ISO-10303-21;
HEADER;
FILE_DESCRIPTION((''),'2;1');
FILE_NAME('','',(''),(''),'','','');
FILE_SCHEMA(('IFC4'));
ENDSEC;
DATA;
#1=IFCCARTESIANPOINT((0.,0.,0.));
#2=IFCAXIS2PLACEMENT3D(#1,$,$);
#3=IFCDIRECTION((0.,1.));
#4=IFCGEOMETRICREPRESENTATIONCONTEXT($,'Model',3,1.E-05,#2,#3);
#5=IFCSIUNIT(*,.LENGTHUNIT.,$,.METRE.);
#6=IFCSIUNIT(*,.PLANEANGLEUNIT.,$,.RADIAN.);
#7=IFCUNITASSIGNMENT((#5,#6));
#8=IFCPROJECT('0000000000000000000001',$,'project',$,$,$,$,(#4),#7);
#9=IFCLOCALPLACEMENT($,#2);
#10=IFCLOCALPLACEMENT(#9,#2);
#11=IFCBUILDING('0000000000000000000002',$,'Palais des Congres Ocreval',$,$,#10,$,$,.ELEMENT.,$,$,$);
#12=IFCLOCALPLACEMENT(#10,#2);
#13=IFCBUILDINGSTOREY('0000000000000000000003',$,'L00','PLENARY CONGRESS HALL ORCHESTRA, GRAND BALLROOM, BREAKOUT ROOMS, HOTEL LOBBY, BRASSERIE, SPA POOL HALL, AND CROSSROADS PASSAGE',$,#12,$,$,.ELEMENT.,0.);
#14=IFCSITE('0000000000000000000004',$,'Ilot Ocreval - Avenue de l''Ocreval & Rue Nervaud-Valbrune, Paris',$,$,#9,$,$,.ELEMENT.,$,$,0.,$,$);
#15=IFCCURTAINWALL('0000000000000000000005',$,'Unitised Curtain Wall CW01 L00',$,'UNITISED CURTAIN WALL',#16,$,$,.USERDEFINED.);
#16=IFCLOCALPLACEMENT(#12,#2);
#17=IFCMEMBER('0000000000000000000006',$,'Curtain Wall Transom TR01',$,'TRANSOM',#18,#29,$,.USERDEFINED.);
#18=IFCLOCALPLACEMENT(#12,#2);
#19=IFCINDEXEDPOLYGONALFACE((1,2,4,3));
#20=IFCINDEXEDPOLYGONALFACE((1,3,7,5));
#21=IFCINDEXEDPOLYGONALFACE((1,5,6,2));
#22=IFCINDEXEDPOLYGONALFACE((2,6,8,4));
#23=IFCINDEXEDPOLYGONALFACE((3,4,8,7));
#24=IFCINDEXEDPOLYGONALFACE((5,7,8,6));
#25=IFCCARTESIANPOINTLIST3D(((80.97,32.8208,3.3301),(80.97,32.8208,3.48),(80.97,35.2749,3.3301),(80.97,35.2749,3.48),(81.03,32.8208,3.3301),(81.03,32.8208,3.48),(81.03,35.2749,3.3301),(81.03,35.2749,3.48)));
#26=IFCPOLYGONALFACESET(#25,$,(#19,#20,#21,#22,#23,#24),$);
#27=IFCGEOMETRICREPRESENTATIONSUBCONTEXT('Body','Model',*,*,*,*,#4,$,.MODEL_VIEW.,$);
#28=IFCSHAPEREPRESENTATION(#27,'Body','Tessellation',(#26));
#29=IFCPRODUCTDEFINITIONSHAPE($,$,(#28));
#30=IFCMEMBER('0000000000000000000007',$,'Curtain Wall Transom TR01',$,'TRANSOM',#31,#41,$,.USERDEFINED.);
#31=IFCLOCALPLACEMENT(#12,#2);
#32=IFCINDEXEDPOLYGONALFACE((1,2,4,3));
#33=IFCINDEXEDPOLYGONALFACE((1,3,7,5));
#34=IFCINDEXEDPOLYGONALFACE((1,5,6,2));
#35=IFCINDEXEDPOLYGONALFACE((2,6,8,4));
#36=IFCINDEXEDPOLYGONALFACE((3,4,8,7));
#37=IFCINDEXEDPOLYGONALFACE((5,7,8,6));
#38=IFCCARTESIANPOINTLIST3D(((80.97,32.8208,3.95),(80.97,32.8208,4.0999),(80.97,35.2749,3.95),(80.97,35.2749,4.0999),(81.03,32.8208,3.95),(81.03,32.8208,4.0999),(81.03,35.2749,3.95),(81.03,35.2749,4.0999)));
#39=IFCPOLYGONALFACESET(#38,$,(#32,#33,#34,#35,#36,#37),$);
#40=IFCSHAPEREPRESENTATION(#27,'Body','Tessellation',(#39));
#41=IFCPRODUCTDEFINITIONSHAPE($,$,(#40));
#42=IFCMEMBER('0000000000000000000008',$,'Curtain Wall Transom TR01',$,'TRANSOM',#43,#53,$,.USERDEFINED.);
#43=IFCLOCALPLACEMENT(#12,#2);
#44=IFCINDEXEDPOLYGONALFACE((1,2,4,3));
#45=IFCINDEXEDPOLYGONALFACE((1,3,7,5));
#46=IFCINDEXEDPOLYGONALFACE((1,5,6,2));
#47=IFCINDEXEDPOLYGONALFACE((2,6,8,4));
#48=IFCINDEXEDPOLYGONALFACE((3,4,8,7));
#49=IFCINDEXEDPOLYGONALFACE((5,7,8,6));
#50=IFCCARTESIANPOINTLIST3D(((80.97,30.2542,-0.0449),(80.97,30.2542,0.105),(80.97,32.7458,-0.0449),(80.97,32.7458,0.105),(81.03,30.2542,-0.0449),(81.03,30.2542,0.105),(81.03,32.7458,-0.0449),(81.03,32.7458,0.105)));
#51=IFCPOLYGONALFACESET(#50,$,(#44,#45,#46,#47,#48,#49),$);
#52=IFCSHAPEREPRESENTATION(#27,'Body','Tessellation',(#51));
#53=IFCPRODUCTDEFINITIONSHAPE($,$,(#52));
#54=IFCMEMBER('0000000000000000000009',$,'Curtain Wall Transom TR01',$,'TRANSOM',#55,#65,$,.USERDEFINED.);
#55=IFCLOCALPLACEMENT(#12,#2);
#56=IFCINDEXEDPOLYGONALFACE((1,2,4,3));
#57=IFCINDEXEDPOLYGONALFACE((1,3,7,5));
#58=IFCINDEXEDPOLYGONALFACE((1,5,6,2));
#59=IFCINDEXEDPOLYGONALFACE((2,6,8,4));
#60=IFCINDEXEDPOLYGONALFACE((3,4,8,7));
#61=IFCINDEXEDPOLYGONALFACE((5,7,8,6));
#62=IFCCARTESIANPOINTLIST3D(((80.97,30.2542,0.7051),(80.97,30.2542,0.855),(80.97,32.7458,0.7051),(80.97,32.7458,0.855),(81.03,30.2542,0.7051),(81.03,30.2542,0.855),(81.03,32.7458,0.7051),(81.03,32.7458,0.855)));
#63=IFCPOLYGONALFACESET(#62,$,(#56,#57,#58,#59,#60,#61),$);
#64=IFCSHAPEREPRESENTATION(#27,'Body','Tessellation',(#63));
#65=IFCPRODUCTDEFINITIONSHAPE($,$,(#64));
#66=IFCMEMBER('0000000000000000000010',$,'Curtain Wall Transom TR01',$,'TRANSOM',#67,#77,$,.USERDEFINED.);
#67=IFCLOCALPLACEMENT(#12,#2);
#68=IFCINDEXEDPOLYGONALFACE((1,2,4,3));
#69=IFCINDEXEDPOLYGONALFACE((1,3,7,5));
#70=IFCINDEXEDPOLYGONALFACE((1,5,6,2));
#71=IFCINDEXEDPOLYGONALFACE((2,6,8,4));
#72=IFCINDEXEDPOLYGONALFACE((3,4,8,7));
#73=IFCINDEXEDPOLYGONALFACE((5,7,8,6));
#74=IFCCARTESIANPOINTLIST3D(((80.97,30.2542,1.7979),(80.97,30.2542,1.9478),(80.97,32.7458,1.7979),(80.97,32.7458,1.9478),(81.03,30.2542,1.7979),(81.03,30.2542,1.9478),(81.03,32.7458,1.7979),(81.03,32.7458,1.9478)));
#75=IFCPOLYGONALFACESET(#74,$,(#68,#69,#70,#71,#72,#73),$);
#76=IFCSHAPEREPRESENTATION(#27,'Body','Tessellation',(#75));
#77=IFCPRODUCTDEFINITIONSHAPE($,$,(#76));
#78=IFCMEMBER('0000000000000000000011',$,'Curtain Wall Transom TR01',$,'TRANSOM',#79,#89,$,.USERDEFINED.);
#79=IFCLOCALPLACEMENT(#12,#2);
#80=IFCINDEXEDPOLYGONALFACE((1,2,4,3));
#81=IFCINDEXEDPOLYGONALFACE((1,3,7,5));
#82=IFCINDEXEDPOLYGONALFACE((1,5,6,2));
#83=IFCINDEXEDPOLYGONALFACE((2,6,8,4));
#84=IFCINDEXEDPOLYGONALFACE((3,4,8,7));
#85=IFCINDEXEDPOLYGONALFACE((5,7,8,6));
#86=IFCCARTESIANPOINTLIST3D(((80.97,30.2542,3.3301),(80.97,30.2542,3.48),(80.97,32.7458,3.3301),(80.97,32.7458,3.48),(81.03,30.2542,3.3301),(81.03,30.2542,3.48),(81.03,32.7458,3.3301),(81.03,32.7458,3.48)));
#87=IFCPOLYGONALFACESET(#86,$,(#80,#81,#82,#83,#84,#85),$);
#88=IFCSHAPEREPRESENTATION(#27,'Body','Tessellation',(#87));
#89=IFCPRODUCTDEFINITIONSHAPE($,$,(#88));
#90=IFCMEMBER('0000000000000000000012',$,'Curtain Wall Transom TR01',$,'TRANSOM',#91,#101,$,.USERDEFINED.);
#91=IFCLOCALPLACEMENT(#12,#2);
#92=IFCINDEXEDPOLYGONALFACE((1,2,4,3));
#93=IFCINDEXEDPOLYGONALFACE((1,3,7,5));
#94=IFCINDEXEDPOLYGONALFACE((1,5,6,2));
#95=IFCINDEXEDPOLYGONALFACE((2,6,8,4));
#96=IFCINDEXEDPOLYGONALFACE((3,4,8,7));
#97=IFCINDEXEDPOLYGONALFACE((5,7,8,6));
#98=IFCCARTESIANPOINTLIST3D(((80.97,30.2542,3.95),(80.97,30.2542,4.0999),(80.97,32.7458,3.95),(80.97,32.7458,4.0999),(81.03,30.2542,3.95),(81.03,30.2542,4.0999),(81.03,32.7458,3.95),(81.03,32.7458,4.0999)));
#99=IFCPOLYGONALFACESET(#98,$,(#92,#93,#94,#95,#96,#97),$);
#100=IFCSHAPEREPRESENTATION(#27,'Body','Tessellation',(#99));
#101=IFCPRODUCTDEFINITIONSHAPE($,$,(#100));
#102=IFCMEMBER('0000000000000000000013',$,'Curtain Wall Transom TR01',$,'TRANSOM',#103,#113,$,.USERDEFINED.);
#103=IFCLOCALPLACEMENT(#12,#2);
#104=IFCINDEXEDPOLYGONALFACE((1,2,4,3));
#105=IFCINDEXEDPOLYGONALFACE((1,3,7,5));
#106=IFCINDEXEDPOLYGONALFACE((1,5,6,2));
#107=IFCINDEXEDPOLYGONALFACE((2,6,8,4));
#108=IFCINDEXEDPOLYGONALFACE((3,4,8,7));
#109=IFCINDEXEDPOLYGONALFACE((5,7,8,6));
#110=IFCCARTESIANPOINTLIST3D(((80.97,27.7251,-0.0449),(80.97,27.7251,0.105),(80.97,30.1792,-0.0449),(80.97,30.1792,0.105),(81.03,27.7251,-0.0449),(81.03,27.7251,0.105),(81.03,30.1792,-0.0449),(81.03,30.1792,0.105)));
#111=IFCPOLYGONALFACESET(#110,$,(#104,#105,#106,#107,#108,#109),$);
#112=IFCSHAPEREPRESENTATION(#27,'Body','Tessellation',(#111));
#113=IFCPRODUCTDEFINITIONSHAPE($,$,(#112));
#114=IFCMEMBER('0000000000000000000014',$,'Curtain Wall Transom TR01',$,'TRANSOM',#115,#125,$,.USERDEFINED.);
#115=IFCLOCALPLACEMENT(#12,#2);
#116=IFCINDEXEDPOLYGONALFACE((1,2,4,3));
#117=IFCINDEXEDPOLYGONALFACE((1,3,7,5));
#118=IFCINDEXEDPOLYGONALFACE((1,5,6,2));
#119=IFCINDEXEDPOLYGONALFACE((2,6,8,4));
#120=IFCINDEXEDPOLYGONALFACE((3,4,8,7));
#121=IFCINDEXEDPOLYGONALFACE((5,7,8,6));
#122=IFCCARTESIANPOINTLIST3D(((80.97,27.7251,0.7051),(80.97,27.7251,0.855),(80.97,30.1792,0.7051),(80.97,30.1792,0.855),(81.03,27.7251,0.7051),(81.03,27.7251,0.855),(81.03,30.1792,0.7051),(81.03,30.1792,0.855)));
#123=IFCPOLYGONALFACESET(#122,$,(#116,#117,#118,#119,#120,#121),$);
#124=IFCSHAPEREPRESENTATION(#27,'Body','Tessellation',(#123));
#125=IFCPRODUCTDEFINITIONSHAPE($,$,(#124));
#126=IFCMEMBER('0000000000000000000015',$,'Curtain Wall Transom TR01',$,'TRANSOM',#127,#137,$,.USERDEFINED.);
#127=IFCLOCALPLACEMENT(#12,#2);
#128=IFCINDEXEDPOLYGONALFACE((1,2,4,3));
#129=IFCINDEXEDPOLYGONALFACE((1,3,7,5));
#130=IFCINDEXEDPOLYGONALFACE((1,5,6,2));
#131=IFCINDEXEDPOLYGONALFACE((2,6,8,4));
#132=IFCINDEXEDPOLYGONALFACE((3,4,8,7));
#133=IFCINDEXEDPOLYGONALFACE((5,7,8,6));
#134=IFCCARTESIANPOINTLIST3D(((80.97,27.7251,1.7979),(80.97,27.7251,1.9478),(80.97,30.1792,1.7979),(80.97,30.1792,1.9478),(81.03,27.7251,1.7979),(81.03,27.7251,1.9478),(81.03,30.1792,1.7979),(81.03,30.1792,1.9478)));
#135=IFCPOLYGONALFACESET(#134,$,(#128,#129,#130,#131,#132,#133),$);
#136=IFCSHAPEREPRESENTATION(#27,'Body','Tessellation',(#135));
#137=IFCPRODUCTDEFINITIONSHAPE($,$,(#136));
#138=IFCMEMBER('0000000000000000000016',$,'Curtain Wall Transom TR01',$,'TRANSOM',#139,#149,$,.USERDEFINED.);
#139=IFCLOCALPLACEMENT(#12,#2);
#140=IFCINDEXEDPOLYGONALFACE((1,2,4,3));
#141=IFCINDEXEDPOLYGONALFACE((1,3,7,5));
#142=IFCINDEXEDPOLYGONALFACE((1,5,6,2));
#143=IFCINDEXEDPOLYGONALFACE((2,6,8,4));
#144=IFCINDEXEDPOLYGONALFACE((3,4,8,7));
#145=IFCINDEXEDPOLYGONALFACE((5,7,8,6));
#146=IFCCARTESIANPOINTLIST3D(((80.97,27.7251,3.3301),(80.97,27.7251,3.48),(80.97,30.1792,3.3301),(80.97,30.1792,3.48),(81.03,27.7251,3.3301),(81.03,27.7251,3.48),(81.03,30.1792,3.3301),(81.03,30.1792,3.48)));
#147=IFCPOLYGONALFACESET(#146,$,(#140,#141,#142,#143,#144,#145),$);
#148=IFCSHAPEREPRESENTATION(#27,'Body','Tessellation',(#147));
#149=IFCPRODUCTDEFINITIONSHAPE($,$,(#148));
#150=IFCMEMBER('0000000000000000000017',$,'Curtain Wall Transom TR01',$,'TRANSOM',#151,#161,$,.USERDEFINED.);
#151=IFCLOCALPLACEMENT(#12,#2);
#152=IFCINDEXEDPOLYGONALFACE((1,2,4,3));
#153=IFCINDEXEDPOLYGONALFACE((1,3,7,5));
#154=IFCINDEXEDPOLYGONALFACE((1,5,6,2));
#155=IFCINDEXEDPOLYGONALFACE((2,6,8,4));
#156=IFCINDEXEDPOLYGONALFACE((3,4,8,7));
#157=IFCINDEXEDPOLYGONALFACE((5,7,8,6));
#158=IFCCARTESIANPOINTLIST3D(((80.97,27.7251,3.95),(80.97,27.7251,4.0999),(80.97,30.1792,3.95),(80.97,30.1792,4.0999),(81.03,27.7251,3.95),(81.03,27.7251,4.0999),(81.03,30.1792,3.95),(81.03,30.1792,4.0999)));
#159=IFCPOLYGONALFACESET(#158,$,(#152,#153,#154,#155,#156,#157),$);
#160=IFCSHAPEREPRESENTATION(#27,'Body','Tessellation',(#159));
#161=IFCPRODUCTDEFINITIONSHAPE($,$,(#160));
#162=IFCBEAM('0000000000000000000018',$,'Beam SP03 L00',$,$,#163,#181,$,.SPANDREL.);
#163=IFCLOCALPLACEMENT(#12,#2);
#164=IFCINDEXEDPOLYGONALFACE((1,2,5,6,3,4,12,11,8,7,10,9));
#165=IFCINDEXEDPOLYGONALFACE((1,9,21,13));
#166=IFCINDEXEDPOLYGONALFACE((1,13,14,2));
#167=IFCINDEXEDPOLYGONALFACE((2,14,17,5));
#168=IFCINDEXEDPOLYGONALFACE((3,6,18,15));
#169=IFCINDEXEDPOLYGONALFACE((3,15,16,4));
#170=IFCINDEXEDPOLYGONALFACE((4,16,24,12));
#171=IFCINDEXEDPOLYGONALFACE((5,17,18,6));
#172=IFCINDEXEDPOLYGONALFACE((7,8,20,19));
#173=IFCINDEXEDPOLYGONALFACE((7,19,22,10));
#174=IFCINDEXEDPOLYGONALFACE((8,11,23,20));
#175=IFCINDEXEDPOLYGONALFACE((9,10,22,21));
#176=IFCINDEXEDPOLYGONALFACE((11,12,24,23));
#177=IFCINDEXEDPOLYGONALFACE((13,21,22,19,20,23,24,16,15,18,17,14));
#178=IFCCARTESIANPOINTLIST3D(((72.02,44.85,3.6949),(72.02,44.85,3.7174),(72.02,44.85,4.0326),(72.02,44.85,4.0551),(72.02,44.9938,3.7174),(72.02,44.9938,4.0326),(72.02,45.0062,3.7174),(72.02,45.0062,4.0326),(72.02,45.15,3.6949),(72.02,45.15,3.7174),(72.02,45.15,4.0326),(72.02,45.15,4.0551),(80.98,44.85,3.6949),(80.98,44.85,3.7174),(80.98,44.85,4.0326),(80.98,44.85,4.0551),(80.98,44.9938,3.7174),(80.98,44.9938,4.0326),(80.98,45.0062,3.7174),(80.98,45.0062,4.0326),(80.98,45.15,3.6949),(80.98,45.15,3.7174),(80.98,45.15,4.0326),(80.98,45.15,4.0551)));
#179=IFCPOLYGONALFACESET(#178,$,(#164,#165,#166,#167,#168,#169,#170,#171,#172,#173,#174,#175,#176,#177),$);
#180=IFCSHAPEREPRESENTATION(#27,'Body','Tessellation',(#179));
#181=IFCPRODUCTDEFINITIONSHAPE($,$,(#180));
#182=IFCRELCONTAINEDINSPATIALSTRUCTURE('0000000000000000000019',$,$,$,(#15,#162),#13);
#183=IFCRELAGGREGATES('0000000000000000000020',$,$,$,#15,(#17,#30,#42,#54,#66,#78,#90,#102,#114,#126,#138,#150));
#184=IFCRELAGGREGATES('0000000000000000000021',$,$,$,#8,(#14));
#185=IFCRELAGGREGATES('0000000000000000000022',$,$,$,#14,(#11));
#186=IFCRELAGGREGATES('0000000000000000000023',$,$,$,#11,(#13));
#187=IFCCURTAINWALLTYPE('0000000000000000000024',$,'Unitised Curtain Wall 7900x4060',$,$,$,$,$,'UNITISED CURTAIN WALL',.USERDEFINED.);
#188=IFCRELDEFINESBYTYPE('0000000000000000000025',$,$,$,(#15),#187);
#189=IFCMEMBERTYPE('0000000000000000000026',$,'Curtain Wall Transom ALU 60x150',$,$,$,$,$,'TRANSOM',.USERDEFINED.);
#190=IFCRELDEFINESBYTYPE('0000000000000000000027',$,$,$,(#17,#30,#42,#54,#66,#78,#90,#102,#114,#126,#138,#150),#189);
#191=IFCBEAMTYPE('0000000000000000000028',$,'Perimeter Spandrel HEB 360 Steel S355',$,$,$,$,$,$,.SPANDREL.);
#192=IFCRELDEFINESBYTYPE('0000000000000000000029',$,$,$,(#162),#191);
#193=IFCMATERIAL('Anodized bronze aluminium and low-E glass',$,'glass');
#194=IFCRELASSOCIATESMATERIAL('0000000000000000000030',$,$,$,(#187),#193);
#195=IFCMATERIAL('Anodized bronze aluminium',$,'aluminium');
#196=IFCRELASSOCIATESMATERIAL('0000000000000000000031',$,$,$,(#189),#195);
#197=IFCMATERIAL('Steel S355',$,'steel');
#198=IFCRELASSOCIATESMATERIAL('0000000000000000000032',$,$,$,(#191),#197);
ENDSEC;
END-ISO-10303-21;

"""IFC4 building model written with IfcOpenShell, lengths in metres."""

from ifc_helpers import new_model, si_unit, direction, frame, origin, origin_2d, place, context, subcontext, project, spatial, rectangle, i_section, extrude, material, material_profile, profile_set, type_object, element, aggregate, save


model = new_model("IFC4")

# Units and contexts
model_context = context("Model", 3, precision=1e-05, world=origin(), true_north=direction((0.0, 1.0)))
body_context = subcontext(model_context, "Body", "Model", "MODEL_VIEW")
ifc_project = project(units=[si_unit("LENGTHUNIT", "METRE"), si_unit("PLANEANGLEUNIT", "RADIAN")], contexts=[model_context])

# Site, building, storey
site_placement = place(None, origin())
site = spatial("IfcSite", under=ifc_project, at=site_placement, Name="Ilot Ocreval - Avenue de l'Ocreval & Rue Nervaud-Valbrune, Paris", CompositionType="ELEMENT", RefElevation=0.0)
building_placement = place(site_placement, origin())
building = spatial("IfcBuilding", under=site, at=building_placement, Name="Palais des Congres Ocreval", CompositionType="ELEMENT")
storey_placement = place(building_placement, origin())
storey = spatial("IfcBuildingStorey", under=building, at=storey_placement, Name="L00", Description="PLENARY CONGRESS HALL ORCHESTRA, GRAND BALLROOM, BREAKOUT ROOMS, HOTEL LOBBY, BRASSERIE, SPA POOL HALL, AND CROSSROADS PASSAGE", CompositionType="ELEMENT", Elevation=0.0)

# Shared definitions
ifc_material_1 = material(Name="Steel S355", Category="steel")

# Curtain wall, members
ifc_material_2 = material(Name="Anodized bronze aluminium and low-E glass", Category="glass")
curtain_wall_type = type_object("IfcCurtainWallType", Name="Unitised Curtain Wall 7900x4060", ElementType="UNITISED CURTAIN WALL", PredefinedType="USERDEFINED", material=ifc_material_2)
curtain_wall_placement = place(storey_placement, origin())
curtain_wall = element("IfcCurtainWall", 1, at=curtain_wall_placement, inside=storey, type_object=curtain_wall_type, Name="Unitised Curtain Wall CW01 L00", ObjectType="UNITISED CURTAIN WALL", PredefinedType="USERDEFINED")
ifc_material_3 = material(Name="Anodized bronze aluminium", Category="aluminium")
ifc_material_profile_1 = material_profile(ifc_material_3, rectangle(XDim=0.0601, YDim=0.1499, at=origin_2d()), Name="ALU 60x150")
ifc_profile_set_1 = profile_set([ifc_material_profile_1], Name="Anodized bronze aluminium")
member_type_1 = type_object("IfcMemberType", Name="Curtain Wall Transom ALU 60x150", ElementType="TRANSOM", PredefinedType="USERDEFINED", material=ifc_profile_set_1)
member_1_placement = place(storey_placement, frame((81.0, 35.2749, 3.405), z_axis=(0.0, -1.0, 0.0), x_axis=(1.0, 0.0, 0.0)))
member_1 = element("IfcMember", 2, at=member_1_placement, type_object=member_type_1, Name="Curtain Wall Transom TR01", ObjectType="TRANSOM", PredefinedType="USERDEFINED", context=body_context, shape_type="SweptSolid", body=[
    extrude(rectangle(XDim=0.0601, YDim=0.1499, at=origin_2d()), origin(), (0.0, 0.0, 1.0), 2.4541),
])
member_2_placement = place(storey_placement, frame((81.0, 35.2749, 4.0249), z_axis=(0.0, -1.0, 0.0), x_axis=(1.0, 0.0, 0.0)))
member_2 = element("IfcMember", 3, at=member_2_placement, type_object=member_type_1, Name="Curtain Wall Transom TR01", ObjectType="TRANSOM", PredefinedType="USERDEFINED", context=body_context, shape_type="SweptSolid", body=[
    extrude(rectangle(XDim=0.0601, YDim=0.1499, at=origin_2d()), origin(), (0.0, 0.0, 1.0), 2.4541),
])
member_3_placement = place(storey_placement, frame((81.0, 32.7458, 0.03), z_axis=(0.0, -1.0, 0.0), x_axis=(1.0, 0.0, 0.0)))
member_3 = element("IfcMember", 4, at=member_3_placement, type_object=member_type_1, Name="Curtain Wall Transom TR01", ObjectType="TRANSOM", PredefinedType="USERDEFINED", context=body_context, shape_type="SweptSolid", body=[
    extrude(rectangle(XDim=0.0601, YDim=0.1499, at=origin_2d()), origin(), (0.0, 0.0, 1.0), 2.4917),
])
member_4_placement = place(storey_placement, frame((81.0, 32.7458, 0.78), z_axis=(0.0, -1.0, 0.0), x_axis=(1.0, 0.0, 0.0)))
member_4 = element("IfcMember", 5, at=member_4_placement, type_object=member_type_1, Name="Curtain Wall Transom TR01", ObjectType="TRANSOM", PredefinedType="USERDEFINED", context=body_context, shape_type="SweptSolid", body=[
    extrude(rectangle(XDim=0.0601, YDim=0.1499, at=origin_2d()), origin(), (0.0, 0.0, 1.0), 2.4917),
])
member_5_placement = place(storey_placement, frame((81.0, 32.7458, 1.8728), z_axis=(0.0, -1.0, 0.0), x_axis=(1.0, 0.0, 0.0)))
member_5 = element("IfcMember", 6, at=member_5_placement, type_object=member_type_1, Name="Curtain Wall Transom TR01", ObjectType="TRANSOM", PredefinedType="USERDEFINED", context=body_context, shape_type="SweptSolid", body=[
    extrude(rectangle(XDim=0.0601, YDim=0.1499, at=origin_2d()), origin(), (0.0, 0.0, 1.0), 2.4917),
])
member_6_placement = place(storey_placement, frame((81.0, 32.7458, 3.405), z_axis=(0.0, -1.0, 0.0), x_axis=(1.0, 0.0, 0.0)))
member_6 = element("IfcMember", 7, at=member_6_placement, type_object=member_type_1, Name="Curtain Wall Transom TR01", ObjectType="TRANSOM", PredefinedType="USERDEFINED", context=body_context, shape_type="SweptSolid", body=[
    extrude(rectangle(XDim=0.0601, YDim=0.1499, at=origin_2d()), origin(), (0.0, 0.0, 1.0), 2.4917),
])
member_7_placement = place(storey_placement, frame((81.0, 32.7458, 4.0249), z_axis=(0.0, -1.0, 0.0), x_axis=(1.0, 0.0, 0.0)))
member_7 = element("IfcMember", 8, at=member_7_placement, type_object=member_type_1, Name="Curtain Wall Transom TR01", ObjectType="TRANSOM", PredefinedType="USERDEFINED", context=body_context, shape_type="SweptSolid", body=[
    extrude(rectangle(XDim=0.0601, YDim=0.1499, at=origin_2d()), origin(), (0.0, 0.0, 1.0), 2.4917),
])
member_8_placement = place(storey_placement, frame((81.0, 30.1792, 0.03), z_axis=(0.0, -1.0, 0.0), x_axis=(1.0, 0.0, 0.0)))
member_8 = element("IfcMember", 9, at=member_8_placement, type_object=member_type_1, Name="Curtain Wall Transom TR01", ObjectType="TRANSOM", PredefinedType="USERDEFINED", context=body_context, shape_type="SweptSolid", body=[
    extrude(rectangle(XDim=0.0601, YDim=0.1499, at=origin_2d()), origin(), (0.0, 0.0, 1.0), 2.4541),
])
member_9_placement = place(storey_placement, frame((81.0, 30.1792, 0.78), z_axis=(0.0, -1.0, 0.0), x_axis=(1.0, 0.0, 0.0)))
member_9 = element("IfcMember", 10, at=member_9_placement, type_object=member_type_1, Name="Curtain Wall Transom TR01", ObjectType="TRANSOM", PredefinedType="USERDEFINED", context=body_context, shape_type="SweptSolid", body=[
    extrude(rectangle(XDim=0.0601, YDim=0.1499, at=origin_2d()), origin(), (0.0, 0.0, 1.0), 2.4541),
])
member_10_placement = place(storey_placement, frame((81.0, 30.1792, 1.8728), z_axis=(0.0, -1.0, 0.0), x_axis=(1.0, 0.0, 0.0)))
member_10 = element("IfcMember", 11, at=member_10_placement, type_object=member_type_1, Name="Curtain Wall Transom TR01", ObjectType="TRANSOM", PredefinedType="USERDEFINED", context=body_context, shape_type="SweptSolid", body=[
    extrude(rectangle(XDim=0.0601, YDim=0.1499, at=origin_2d()), origin(), (0.0, 0.0, 1.0), 2.4541),
])
member_11_placement = place(storey_placement, frame((81.0, 30.1792, 3.405), z_axis=(0.0, -1.0, 0.0), x_axis=(1.0, 0.0, 0.0)))
member_11 = element("IfcMember", 12, at=member_11_placement, type_object=member_type_1, Name="Curtain Wall Transom TR01", ObjectType="TRANSOM", PredefinedType="USERDEFINED", context=body_context, shape_type="SweptSolid", body=[
    extrude(rectangle(XDim=0.0601, YDim=0.1499, at=origin_2d()), origin(), (0.0, 0.0, 1.0), 2.4541),
])
member_12_placement = place(storey_placement, frame((81.0, 30.1792, 4.0249), z_axis=(0.0, -1.0, 0.0), x_axis=(1.0, 0.0, 0.0)))
member_12 = element("IfcMember", 13, at=member_12_placement, type_object=member_type_1, Name="Curtain Wall Transom TR01", ObjectType="TRANSOM", PredefinedType="USERDEFINED", context=body_context, shape_type="SweptSolid", body=[
    extrude(rectangle(XDim=0.0601, YDim=0.1499, at=origin_2d()), origin(), (0.0, 0.0, 1.0), 2.4541),
])

# Beam
ifc_material_profile_2 = material_profile(ifc_material_1, i_section(OverallWidth=0.3, OverallDepth=0.3601, WebThickness=0.0125, FlangeThickness=0.0225, at=origin_2d()), Name="HEB 360")
ifc_profile_set_2 = profile_set([ifc_material_profile_2], Name="Steel S355")
beam_type_1 = type_object("IfcBeamType", Name="Perimeter Spandrel HEB 360 Steel S355", PredefinedType="SPANDREL", material=ifc_profile_set_2)
beam_1_placement = place(storey_placement, frame((72.02, 45.0, 3.875), z_axis=(1.0, 0.0, 0.0), x_axis=(0.0, 1.0, 0.0)))
element("IfcBeam", 14, at=beam_1_placement, inside=storey, type_object=beam_type_1, Name="Beam SP03 L00", PredefinedType="SPANDREL", context=body_context, shape_type="SweptSolid", body=[
    extrude(i_section(OverallWidth=0.3, OverallDepth=0.3601, WebThickness=0.0125, FlangeThickness=0.0225, at=origin_2d()), origin(), (0.0, 0.0, 1.0), 8.96),
])

aggregate(curtain_wall, [member_1, member_2, member_3, member_4, member_5, member_6, member_7, member_8, member_9, member_10, member_11, member_12])

save(model, "model.ifc")
